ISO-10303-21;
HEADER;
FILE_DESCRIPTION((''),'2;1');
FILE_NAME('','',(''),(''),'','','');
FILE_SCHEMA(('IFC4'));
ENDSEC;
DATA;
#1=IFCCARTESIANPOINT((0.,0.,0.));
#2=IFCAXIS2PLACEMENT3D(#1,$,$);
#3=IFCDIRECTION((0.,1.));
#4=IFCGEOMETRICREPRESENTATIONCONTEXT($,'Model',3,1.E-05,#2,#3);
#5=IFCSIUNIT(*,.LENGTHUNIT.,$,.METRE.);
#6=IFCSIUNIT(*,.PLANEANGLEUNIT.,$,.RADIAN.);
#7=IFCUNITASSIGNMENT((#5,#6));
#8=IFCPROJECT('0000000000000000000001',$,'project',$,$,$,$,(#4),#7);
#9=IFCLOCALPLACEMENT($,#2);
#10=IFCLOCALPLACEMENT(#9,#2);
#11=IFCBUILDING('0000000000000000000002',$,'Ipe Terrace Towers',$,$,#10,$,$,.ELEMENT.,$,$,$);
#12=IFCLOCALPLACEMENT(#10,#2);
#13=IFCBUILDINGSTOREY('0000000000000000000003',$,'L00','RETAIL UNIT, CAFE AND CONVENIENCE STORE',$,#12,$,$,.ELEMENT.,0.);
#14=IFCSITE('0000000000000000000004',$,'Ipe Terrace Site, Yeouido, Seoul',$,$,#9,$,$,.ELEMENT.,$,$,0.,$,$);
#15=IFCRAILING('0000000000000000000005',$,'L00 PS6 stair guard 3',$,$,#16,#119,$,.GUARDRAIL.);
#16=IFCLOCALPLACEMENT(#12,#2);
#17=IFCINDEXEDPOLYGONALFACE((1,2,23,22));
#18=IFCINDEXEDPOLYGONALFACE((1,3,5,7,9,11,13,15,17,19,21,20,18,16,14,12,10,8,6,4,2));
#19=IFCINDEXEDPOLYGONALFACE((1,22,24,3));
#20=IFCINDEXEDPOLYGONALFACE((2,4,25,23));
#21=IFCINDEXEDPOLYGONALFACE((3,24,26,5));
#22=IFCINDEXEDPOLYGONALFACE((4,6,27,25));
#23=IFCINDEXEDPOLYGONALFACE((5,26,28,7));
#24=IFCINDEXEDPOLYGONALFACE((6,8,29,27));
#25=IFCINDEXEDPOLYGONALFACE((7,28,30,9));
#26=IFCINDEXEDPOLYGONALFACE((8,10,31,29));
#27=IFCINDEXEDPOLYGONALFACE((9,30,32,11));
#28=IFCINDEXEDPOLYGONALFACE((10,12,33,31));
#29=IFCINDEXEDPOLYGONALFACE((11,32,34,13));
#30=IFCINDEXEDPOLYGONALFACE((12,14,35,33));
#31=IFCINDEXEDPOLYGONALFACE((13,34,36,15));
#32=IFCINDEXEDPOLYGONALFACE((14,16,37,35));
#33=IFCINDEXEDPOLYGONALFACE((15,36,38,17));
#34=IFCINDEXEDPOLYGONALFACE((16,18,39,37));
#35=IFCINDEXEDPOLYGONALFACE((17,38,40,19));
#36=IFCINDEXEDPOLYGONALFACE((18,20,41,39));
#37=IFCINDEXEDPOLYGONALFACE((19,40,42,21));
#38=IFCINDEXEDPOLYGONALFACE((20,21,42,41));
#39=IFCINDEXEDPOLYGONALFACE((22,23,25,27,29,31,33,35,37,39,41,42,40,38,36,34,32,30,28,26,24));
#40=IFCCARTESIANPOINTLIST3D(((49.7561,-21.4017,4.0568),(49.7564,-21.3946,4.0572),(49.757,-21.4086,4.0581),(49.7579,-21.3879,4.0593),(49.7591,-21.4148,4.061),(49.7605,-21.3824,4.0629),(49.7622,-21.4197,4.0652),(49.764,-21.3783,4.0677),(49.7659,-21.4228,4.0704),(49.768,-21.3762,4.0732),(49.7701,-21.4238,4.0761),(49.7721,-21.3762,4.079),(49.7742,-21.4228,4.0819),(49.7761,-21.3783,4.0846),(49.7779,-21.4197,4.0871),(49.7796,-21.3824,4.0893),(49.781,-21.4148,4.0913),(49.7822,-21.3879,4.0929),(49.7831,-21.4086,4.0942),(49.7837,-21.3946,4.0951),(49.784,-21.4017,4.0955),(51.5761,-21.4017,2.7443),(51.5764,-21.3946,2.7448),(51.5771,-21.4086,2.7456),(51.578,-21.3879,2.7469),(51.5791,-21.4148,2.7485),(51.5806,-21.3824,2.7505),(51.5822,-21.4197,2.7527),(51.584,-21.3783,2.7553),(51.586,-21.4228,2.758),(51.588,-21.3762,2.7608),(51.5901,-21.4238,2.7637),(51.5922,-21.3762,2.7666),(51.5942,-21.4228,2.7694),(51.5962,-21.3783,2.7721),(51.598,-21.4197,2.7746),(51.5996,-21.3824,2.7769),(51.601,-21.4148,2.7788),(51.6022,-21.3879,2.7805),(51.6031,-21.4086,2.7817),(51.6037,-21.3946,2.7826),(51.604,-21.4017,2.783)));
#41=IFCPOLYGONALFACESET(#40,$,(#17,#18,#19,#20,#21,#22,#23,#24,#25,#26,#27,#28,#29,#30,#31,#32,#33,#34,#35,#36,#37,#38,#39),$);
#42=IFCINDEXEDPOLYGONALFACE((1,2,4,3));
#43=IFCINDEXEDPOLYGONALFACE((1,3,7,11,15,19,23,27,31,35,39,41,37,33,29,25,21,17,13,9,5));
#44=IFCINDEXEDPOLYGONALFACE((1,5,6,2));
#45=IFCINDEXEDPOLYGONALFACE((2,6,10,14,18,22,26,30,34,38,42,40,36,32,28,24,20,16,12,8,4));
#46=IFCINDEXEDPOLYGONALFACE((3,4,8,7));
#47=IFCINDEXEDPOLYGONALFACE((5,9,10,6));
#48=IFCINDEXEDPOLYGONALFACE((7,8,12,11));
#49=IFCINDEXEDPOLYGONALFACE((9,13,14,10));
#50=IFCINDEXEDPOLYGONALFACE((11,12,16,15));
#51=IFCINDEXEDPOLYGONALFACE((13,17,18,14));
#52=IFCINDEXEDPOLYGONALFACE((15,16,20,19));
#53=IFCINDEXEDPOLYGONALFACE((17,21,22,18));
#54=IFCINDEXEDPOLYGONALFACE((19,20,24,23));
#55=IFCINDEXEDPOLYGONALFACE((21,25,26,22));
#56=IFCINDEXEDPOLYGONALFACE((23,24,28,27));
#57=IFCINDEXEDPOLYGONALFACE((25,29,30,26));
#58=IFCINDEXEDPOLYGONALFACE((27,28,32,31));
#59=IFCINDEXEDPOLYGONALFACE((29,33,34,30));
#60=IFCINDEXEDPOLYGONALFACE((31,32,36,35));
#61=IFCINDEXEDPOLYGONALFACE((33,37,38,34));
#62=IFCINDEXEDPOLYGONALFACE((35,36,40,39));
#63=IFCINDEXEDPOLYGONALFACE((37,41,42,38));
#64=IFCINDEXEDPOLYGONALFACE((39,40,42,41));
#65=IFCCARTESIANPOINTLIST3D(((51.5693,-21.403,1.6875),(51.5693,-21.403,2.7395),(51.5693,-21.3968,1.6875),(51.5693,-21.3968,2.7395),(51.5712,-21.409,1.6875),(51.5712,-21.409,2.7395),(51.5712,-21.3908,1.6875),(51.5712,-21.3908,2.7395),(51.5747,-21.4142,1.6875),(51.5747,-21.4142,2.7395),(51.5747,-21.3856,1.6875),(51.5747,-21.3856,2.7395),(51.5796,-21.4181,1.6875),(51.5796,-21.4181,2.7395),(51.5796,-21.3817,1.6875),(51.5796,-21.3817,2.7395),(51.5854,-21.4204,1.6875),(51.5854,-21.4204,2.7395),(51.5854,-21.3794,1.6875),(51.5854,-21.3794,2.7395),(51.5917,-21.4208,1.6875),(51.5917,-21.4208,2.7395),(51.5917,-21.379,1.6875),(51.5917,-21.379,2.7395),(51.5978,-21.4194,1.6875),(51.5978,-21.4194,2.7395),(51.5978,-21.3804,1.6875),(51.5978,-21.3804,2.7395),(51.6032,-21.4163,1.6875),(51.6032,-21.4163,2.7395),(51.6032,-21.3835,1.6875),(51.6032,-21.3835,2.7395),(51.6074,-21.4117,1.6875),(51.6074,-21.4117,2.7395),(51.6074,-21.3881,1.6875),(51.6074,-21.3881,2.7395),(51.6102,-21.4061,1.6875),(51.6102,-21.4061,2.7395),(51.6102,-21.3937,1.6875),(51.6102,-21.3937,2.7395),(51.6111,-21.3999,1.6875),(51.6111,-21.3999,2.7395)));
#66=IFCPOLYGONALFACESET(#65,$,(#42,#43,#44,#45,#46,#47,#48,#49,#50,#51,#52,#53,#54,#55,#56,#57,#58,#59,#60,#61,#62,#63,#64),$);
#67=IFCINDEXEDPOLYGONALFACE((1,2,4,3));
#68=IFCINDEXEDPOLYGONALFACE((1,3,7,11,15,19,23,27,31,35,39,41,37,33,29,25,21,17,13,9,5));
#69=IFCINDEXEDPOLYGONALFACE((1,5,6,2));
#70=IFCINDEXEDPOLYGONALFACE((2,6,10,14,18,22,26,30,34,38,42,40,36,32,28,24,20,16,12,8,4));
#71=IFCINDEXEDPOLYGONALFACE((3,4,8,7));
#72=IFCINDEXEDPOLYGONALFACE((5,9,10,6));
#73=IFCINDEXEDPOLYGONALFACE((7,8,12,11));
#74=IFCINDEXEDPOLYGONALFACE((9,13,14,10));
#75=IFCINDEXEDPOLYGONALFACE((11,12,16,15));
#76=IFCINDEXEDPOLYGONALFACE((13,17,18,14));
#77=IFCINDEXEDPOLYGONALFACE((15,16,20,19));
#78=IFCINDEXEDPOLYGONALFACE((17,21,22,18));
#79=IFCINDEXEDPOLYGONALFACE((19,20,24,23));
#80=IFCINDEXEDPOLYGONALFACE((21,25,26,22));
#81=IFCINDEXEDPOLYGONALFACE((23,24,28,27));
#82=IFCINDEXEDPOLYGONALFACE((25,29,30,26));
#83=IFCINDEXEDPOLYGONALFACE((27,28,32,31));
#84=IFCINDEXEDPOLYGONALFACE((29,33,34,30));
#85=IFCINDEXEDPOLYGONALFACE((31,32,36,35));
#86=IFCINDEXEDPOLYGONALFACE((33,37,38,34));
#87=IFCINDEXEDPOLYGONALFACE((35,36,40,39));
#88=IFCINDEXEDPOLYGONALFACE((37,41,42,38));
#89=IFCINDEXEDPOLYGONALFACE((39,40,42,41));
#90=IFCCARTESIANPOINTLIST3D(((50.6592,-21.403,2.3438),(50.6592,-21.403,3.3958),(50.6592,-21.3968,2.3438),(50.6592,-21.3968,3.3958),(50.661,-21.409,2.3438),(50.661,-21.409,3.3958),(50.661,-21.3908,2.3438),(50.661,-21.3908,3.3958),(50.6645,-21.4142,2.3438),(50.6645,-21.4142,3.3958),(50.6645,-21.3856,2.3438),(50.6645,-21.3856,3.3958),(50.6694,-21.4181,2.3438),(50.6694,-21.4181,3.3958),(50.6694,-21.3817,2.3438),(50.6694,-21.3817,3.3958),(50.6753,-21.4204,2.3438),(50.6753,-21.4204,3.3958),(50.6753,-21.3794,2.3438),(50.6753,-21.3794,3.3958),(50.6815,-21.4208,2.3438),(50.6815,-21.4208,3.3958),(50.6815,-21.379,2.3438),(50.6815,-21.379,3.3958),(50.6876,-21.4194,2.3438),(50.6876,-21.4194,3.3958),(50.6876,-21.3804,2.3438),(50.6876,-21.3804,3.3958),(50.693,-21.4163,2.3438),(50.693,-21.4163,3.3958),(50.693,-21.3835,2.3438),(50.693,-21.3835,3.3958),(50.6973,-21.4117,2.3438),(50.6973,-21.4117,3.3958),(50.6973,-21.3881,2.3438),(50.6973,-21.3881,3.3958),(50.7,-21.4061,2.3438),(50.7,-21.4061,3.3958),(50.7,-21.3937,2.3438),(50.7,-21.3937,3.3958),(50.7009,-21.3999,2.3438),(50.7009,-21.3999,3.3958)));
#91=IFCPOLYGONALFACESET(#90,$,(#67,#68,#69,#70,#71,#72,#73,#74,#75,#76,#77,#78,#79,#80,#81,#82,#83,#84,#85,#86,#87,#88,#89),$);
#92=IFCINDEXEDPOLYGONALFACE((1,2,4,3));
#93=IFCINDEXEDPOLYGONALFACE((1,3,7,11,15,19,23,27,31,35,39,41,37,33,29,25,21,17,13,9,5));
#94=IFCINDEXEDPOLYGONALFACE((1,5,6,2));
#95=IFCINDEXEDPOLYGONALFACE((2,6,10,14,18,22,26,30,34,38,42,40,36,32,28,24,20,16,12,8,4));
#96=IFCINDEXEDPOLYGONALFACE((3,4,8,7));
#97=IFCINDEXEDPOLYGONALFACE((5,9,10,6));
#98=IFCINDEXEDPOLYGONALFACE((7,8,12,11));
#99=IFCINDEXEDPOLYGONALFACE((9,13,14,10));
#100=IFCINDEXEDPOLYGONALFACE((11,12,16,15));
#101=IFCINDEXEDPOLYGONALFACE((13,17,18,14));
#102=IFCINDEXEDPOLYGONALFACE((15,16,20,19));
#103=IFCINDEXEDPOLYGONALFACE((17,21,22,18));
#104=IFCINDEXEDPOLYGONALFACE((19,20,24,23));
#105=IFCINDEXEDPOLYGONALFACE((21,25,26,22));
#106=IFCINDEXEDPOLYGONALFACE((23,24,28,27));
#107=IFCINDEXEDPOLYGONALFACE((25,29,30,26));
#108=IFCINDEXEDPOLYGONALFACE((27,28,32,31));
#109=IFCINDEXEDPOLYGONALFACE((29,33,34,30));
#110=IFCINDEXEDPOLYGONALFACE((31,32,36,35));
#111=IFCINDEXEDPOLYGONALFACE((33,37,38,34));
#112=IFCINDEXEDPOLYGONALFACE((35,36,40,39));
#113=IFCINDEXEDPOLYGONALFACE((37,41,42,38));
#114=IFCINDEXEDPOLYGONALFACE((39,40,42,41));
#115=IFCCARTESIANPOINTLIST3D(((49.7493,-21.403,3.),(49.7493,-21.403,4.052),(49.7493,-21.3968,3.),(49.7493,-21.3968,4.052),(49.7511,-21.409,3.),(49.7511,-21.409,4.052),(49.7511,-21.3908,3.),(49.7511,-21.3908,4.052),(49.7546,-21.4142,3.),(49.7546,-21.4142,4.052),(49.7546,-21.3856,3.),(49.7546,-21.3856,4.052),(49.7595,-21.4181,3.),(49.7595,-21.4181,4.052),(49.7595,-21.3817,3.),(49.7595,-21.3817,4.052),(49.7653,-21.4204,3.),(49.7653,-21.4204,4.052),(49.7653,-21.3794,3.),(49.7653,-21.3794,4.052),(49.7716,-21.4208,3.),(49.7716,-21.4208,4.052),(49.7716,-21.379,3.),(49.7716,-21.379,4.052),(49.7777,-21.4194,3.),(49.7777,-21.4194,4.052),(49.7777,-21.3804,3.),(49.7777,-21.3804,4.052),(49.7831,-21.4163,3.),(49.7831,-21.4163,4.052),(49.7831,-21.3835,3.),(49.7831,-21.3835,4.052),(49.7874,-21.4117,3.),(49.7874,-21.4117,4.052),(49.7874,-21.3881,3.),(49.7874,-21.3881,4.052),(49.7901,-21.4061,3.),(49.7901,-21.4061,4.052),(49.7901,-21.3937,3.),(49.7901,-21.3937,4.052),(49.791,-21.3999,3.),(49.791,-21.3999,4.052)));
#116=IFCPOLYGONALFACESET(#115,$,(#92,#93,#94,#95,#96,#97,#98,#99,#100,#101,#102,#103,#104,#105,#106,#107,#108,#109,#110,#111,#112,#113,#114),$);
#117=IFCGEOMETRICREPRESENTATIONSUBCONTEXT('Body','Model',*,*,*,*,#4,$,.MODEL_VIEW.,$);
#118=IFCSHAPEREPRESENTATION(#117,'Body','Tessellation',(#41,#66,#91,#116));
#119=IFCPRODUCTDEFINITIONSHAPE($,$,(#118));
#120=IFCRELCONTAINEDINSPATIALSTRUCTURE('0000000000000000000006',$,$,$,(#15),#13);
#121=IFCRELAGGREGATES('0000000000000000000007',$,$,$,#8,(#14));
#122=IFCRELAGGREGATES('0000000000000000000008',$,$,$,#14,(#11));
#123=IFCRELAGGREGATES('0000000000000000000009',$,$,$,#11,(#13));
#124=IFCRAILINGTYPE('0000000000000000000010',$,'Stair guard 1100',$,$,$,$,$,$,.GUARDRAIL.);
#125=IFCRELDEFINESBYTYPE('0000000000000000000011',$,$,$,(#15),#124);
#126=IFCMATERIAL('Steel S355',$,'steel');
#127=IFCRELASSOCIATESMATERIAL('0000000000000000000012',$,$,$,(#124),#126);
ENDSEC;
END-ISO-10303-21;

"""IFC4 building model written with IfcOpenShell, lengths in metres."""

from ifc_helpers import new_model, si_unit, direction, frame, origin, origin_2d, place, context, subcontext, project, spatial, circle, extrude, material, type_object, element, save


model = new_model("IFC4")

# Units and contexts
model_context = context("Model", 3, precision=1e-05, world=origin(), true_north=direction((0.0, 1.0)))
body_context = subcontext(model_context, "Body", "Model", "MODEL_VIEW")
ifc_project = project(units=[si_unit("LENGTHUNIT", "METRE"), si_unit("PLANEANGLEUNIT", "RADIAN")], contexts=[model_context])

# Site, building, storey
site_placement = place(None, origin())
site = spatial("IfcSite", under=ifc_project, at=site_placement, Name="Ipe Terrace Site, Yeouido, Seoul", CompositionType="ELEMENT", RefElevation=0.0)
building_placement = place(site_placement, origin())
building = spatial("IfcBuilding", under=site, at=building_placement, Name="Ipe Terrace Towers", CompositionType="ELEMENT")
storey_placement = place(building_placement, origin())
storey = spatial("IfcBuildingStorey", under=building, at=storey_placement, Name="L00", Description="RETAIL UNIT, CAFE AND CONVENIENCE STORE", CompositionType="ELEMENT", Elevation=0.0)

# Railing
ifc_material_1 = material(Name="Steel S355", Category="steel")
railing_type_1 = type_object("IfcRailingType", Name="Stair guard 1100", PredefinedType="GUARDRAIL", material=ifc_material_1)
railing_1_placement = place(storey_placement, frame((51.5901, -21.3999, 1.6875)))
element("IfcRailing", 1, at=railing_1_placement, inside=storey, type_object=railing_type_1, Name="L00 PS6 stair guard 3", PredefinedType="GUARDRAIL", context=body_context, shape_type="SweptSolid", body=[
    extrude(circle(Radius=0.0239, at=origin_2d()), frame((0.0, 0.0, 1.0762), z_axis=(-0.811101, 0.0, 0.584906), x_axis=(0.0, -1.0, 0.0)), (0.0, 0.0, 1.0), 2.2439),
    extrude(circle(Radius=0.021, at=origin_2d()), origin(), (0.0, 0.0, 1.0), 1.052),
    extrude(circle(Radius=0.021, at=origin_2d()), frame((-0.9102, 0.0, 0.6562)), (0.0, 0.0, 1.0), 1.052),
    extrude(circle(Radius=0.021, at=origin_2d()), frame((-1.8201, 0.0, 1.3125)), (0.0, 0.0, 1.0), 1.052),
])

save(model, "model.ifc")
